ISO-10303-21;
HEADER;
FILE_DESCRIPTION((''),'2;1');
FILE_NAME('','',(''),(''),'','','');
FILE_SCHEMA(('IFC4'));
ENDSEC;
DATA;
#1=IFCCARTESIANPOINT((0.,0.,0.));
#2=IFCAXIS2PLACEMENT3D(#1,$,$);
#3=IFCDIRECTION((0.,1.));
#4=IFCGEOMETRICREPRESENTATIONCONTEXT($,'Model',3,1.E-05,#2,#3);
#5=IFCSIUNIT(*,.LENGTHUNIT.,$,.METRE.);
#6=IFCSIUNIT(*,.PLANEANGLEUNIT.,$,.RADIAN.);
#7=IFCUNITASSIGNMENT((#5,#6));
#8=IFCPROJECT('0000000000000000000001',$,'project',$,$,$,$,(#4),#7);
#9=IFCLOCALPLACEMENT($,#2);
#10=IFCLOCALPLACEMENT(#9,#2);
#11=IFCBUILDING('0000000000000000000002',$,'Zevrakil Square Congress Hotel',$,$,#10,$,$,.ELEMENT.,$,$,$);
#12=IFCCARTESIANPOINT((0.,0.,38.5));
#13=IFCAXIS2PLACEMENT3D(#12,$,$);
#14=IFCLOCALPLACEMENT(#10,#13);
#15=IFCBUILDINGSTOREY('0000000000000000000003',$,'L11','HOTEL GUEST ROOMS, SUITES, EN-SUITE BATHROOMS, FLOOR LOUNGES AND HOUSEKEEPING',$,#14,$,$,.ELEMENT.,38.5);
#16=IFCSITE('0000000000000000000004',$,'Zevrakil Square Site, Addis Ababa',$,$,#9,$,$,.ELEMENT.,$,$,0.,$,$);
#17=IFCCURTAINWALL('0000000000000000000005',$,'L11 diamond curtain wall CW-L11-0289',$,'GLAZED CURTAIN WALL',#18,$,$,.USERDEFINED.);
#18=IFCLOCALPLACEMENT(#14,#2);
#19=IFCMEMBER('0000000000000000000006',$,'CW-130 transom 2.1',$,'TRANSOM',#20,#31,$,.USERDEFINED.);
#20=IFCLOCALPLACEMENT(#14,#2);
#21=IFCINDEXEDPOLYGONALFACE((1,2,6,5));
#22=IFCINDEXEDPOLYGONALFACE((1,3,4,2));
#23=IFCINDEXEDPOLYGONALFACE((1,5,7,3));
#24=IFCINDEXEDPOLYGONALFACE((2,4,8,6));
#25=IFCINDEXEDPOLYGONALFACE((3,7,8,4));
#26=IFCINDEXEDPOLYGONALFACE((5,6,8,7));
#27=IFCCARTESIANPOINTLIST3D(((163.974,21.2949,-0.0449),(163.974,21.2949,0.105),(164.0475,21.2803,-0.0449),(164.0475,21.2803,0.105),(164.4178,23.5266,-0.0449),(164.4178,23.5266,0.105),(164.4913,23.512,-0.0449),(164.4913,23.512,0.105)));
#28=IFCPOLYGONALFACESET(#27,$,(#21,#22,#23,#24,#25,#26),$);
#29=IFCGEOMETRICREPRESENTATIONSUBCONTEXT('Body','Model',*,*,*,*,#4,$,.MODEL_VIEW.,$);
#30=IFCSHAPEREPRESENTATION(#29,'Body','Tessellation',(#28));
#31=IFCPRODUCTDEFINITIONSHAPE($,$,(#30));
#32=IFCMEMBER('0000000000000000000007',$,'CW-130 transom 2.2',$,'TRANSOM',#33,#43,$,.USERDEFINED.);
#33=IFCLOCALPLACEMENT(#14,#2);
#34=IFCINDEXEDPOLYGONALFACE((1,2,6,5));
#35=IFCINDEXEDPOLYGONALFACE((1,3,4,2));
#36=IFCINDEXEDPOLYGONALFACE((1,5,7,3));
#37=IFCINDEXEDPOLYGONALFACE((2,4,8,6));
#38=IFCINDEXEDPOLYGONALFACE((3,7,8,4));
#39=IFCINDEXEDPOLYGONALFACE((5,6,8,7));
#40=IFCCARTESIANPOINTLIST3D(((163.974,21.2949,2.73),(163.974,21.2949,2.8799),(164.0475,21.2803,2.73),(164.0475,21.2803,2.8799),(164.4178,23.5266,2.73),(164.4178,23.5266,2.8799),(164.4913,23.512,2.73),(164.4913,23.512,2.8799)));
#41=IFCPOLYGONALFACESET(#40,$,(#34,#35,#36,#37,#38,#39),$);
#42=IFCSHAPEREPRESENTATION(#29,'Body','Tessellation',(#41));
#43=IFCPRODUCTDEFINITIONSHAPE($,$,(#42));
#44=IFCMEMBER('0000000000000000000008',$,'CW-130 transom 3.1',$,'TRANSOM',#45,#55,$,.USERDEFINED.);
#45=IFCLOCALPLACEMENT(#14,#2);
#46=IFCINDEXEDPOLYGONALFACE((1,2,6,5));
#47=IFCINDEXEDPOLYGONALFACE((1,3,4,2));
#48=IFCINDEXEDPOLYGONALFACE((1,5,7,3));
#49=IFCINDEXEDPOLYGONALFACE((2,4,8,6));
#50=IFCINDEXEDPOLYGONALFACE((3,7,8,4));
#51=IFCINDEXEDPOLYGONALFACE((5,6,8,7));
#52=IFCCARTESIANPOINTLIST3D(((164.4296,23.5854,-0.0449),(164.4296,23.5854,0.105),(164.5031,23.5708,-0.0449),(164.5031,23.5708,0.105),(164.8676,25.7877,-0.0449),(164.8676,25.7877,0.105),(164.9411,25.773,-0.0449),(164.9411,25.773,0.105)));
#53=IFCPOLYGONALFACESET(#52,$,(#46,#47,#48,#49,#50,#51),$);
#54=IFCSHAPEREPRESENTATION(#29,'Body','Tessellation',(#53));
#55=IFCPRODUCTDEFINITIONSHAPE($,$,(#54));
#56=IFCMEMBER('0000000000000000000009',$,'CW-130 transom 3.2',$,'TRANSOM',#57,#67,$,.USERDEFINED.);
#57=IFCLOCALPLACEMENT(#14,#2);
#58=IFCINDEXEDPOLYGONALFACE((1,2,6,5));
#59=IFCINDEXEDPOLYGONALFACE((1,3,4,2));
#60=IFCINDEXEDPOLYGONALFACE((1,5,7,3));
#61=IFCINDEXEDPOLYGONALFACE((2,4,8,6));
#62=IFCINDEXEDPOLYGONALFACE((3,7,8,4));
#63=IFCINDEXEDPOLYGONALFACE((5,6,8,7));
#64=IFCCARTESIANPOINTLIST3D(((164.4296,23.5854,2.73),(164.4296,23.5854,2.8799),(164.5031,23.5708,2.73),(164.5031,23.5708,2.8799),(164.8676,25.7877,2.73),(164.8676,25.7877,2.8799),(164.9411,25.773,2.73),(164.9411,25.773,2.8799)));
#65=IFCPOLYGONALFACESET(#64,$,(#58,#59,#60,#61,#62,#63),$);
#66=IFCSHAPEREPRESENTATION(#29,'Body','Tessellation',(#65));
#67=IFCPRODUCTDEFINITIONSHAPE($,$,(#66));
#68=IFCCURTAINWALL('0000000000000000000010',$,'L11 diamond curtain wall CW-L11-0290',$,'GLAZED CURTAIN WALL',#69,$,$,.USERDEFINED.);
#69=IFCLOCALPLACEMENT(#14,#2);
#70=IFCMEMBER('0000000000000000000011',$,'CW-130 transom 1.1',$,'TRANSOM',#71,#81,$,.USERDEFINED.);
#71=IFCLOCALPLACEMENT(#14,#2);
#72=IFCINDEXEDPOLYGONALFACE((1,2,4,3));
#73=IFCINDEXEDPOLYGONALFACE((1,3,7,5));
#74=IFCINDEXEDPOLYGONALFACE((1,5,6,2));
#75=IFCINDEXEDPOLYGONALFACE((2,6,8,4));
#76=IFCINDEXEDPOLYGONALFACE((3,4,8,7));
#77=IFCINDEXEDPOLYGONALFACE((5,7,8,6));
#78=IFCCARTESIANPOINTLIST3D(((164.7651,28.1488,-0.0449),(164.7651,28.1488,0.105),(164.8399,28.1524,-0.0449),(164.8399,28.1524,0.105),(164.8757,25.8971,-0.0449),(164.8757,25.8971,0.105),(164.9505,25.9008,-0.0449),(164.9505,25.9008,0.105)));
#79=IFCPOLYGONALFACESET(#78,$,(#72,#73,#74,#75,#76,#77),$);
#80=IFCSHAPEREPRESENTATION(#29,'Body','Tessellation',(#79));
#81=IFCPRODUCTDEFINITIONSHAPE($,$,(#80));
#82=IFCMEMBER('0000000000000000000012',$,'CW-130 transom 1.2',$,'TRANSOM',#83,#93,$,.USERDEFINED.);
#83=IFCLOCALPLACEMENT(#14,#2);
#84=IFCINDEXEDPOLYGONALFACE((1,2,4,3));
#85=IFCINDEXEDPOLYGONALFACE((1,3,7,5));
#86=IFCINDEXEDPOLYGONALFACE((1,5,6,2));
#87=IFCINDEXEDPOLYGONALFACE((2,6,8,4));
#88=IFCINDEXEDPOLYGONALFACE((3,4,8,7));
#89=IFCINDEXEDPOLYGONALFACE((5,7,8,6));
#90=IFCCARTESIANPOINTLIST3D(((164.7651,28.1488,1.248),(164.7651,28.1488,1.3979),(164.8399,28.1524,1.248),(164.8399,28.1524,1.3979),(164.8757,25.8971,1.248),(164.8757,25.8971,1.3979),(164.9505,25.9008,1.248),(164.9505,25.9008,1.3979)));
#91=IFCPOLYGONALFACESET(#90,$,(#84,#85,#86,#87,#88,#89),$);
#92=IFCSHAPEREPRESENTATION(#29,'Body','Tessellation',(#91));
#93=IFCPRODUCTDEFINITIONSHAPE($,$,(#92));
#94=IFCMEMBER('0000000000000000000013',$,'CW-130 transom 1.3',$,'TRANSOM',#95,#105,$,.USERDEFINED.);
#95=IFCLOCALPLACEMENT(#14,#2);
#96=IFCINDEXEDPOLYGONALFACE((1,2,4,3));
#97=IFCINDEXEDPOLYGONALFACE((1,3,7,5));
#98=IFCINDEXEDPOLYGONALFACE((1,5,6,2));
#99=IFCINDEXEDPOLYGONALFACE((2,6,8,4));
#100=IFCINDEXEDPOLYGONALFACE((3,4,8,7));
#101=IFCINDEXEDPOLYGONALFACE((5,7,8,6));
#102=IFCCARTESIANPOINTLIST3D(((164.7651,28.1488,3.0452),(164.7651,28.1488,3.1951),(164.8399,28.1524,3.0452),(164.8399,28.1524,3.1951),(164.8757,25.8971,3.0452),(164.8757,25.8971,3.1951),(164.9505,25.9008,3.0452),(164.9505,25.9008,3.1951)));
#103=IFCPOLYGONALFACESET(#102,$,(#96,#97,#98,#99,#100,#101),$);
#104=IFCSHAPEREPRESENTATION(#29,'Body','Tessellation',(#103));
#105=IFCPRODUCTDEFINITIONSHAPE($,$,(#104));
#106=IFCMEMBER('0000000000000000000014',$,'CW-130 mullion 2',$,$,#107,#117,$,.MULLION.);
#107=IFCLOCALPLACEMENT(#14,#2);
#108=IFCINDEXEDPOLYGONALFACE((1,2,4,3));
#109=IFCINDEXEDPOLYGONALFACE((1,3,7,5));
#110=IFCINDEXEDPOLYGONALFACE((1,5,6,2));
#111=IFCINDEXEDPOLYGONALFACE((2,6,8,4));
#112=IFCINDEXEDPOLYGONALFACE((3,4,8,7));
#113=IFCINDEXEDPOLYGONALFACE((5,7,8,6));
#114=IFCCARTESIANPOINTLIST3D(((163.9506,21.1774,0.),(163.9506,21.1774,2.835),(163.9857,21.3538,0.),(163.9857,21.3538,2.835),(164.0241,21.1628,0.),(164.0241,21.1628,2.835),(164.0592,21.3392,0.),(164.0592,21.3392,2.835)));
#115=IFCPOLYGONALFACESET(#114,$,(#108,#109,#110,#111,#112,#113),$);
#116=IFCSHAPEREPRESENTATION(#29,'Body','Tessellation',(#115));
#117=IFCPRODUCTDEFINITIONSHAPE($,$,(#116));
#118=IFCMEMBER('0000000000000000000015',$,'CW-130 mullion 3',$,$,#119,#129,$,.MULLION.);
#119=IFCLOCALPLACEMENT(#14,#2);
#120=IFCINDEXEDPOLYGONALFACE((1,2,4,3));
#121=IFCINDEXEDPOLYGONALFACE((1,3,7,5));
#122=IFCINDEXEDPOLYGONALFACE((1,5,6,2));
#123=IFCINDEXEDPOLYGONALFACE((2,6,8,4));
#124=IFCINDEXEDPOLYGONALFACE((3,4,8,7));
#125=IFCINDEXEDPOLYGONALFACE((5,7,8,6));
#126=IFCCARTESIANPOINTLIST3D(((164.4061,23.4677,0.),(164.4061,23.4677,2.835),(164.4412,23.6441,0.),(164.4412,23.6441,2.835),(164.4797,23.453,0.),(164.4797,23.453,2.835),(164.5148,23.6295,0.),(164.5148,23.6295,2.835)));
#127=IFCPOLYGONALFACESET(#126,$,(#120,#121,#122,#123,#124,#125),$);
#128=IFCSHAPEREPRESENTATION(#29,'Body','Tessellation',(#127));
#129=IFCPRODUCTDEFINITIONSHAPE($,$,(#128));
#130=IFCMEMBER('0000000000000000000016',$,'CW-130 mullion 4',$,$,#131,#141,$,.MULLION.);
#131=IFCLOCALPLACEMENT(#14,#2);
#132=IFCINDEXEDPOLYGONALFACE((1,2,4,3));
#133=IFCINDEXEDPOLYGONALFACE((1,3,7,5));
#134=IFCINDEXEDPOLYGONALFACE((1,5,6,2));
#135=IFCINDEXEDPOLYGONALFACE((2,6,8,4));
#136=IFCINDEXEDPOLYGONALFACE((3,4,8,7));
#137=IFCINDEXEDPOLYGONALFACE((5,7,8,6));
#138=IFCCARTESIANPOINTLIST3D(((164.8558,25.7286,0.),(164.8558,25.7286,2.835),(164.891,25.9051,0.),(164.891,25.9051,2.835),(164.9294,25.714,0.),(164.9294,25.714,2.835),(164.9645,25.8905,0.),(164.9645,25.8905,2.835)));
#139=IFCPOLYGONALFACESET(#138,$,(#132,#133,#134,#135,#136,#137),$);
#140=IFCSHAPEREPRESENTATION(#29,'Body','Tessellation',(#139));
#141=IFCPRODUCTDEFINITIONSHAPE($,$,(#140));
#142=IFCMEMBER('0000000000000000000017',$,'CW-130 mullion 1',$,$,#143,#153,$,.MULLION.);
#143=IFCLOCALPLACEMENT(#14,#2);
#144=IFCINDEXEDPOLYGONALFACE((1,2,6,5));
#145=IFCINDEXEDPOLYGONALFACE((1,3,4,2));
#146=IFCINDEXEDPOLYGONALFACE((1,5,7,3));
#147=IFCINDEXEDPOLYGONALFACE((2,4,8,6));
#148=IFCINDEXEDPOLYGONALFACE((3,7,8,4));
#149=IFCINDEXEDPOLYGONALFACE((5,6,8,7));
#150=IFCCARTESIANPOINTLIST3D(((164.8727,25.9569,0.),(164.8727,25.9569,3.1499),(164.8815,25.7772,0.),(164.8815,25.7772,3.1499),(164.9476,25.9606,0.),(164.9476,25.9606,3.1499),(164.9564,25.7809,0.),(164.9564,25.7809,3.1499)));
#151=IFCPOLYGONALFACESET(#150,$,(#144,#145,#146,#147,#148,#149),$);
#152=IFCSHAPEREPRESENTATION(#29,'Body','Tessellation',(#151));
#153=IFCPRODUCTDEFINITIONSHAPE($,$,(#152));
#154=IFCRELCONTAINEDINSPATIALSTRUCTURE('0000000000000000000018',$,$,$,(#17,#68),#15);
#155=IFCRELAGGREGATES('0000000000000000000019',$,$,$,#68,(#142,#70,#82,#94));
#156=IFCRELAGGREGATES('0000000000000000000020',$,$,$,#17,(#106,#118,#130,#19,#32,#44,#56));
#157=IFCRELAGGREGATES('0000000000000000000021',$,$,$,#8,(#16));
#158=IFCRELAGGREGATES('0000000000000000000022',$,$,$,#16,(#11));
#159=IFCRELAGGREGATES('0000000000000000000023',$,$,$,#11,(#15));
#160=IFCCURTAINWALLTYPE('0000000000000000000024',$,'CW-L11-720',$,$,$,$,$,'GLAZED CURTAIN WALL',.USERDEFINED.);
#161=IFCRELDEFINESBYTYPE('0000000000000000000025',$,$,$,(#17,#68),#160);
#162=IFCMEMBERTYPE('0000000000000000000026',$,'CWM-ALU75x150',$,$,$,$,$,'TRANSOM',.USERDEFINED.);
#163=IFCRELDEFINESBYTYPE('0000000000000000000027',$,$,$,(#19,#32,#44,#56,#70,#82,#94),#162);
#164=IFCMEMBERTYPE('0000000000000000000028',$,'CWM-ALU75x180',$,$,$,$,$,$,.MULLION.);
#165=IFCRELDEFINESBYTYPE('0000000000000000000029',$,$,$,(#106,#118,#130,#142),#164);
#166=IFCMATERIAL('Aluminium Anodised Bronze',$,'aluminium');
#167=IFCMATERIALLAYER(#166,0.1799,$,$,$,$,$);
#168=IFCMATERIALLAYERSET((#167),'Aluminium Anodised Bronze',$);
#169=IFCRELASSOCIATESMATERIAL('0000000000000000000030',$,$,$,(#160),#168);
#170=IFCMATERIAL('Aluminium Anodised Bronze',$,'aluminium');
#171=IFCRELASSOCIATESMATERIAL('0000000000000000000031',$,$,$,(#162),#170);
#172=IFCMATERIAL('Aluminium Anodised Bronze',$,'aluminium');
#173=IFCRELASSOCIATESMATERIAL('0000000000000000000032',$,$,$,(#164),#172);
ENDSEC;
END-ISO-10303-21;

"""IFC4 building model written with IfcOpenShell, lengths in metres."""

from ifc_helpers import new_model, si_unit, direction, frame, origin, origin_2d, place, context, subcontext, project, spatial, rectangle, extrude, material, layer, layer_set, material_profile, profile_set, type_object, element, aggregate, save


model = new_model("IFC4")

# Units and contexts
model_context = context("Model", 3, precision=1e-05, world=origin(), true_north=direction((0.0, 1.0)))
body_context = subcontext(model_context, "Body", "Model", "MODEL_VIEW")
ifc_project = project(units=[si_unit("LENGTHUNIT", "METRE"), si_unit("PLANEANGLEUNIT", "RADIAN")], contexts=[model_context])

# Site, building, storey
site_placement = place(None, origin())
site = spatial("IfcSite", under=ifc_project, at=site_placement, Name="Zevrakil Square Site, Addis Ababa", CompositionType="ELEMENT", RefElevation=0.0)
building_placement = place(site_placement, origin())
building = spatial("IfcBuilding", under=site, at=building_placement, Name="Zevrakil Square Congress Hotel", CompositionType="ELEMENT")
storey_placement = place(building_placement, frame((0.0, 0.0, 38.5)))
storey = spatial("IfcBuildingStorey", under=building, at=storey_placement, Name="L11", Description="HOTEL GUEST ROOMS, SUITES, EN-SUITE BATHROOMS, FLOOR LOUNGES AND HOUSEKEEPING", CompositionType="ELEMENT", Elevation=38.5)

# Curtain walls, members
ifc_material_1 = material(Name="Aluminium Anodised Bronze", Category="aluminium")
ifc_layer_1 = layer(ifc_material_1, 0.1799)
ifc_layer_set_1 = layer_set([ifc_layer_1], Name="Aluminium Anodised Bronze")
curtain_wall_type = type_object("IfcCurtainWallType", Name="CW-L11-720", ElementType="GLAZED CURTAIN WALL", PredefinedType="USERDEFINED", material=ifc_layer_set_1)
curtain_wall_1_placement = place(storey_placement, origin())
curtain_wall_1 = element("IfcCurtainWall", 1, at=curtain_wall_1_placement, inside=storey, type_object=curtain_wall_type, Name="L11 diamond curtain wall CW-L11-0289", ObjectType="GLAZED CURTAIN WALL", PredefinedType="USERDEFINED")
ifc_material_2 = material(Name="Aluminium Anodised Bronze", Category="aluminium")
ifc_material_profile_1 = material_profile(ifc_material_2, rectangle(XDim=0.075, YDim=0.1499, at=origin_2d()), Name="ALU 75x150")
ifc_profile_set_1 = profile_set([ifc_material_profile_1], Name="Aluminium Anodised Bronze")
member_type_1 = type_object("IfcMemberType", Name="CWM-ALU75x150", ElementType="TRANSOM", PredefinedType="USERDEFINED", material=ifc_profile_set_1)
member_1_placement = place(storey_placement, frame((164.0107, 21.2876, 0.03), z_axis=(0.195064, 0.980791, 0.0), x_axis=(-0.980791, 0.195064, 0.0)))
member_1 = element("IfcMember", 2, at=member_1_placement, type_object=member_type_1, Name="CW-130 transom 2.1", ObjectType="TRANSOM", PredefinedType="USERDEFINED", context=body_context, shape_type="SweptSolid", body=[
    extrude(rectangle(XDim=0.075, YDim=0.1499, at=origin_2d()), origin(), (0.0, 0.0, 1.0), 2.2754),
])
member_2_placement = place(storey_placement, frame((164.0107, 21.2876, 2.8049), z_axis=(0.195064, 0.980791, 0.0), x_axis=(-0.980791, 0.195064, 0.0)))
member_2 = element("IfcMember", 3, at=member_2_placement, type_object=member_type_1, Name="CW-130 transom 2.2", ObjectType="TRANSOM", PredefinedType="USERDEFINED", context=body_context, shape_type="SweptSolid", body=[
    extrude(rectangle(XDim=0.075, YDim=0.1499, at=origin_2d()), origin(), (0.0, 0.0, 1.0), 2.2754),
])
member_3_placement = place(storey_placement, frame((164.4663, 23.5781, 0.03), z_axis=(0.19507, 0.980789, 0.0), x_axis=(-0.980789, 0.19507, 0.0)))
member_3 = element("IfcMember", 4, at=member_3_placement, type_object=member_type_1, Name="CW-130 transom 3.1", ObjectType="TRANSOM", PredefinedType="USERDEFINED", context=body_context, shape_type="SweptSolid", body=[
    extrude(rectangle(XDim=0.075, YDim=0.1499, at=origin_2d()), origin(), (0.0, 0.0, 1.0), 2.2454),
])
member_4_placement = place(storey_placement, frame((164.4663, 23.5781, 2.8049), z_axis=(0.19507, 0.980789, 0.0), x_axis=(-0.980789, 0.19507, 0.0)))
member_4 = element("IfcMember", 5, at=member_4_placement, type_object=member_type_1, Name="CW-130 transom 3.2", ObjectType="TRANSOM", PredefinedType="USERDEFINED", context=body_context, shape_type="SweptSolid", body=[
    extrude(rectangle(XDim=0.075, YDim=0.1499, at=origin_2d()), origin(), (0.0, 0.0, 1.0), 2.2454),
])
curtain_wall_2_placement = place(storey_placement, origin())
curtain_wall_2 = element("IfcCurtainWall", 6, at=curtain_wall_2_placement, inside=storey, type_object=curtain_wall_type, Name="L11 diamond curtain wall CW-L11-0290", ObjectType="GLAZED CURTAIN WALL", PredefinedType="USERDEFINED")
member_5_placement = place(storey_placement, frame((164.9131, 25.8989, 0.03), z_axis=(-0.049057, 0.998796, 0.0), x_axis=(-0.998796, -0.049057, 0.0)))
member_5 = element("IfcMember", 7, at=member_5_placement, type_object=member_type_1, Name="CW-130 transom 1.1", ObjectType="TRANSOM", PredefinedType="USERDEFINED", context=body_context, shape_type="SweptSolid", body=[
    extrude(rectangle(XDim=0.075, YDim=0.1499, at=origin_2d()), origin(), (0.0, 0.0, 1.0), 2.2544),
])
member_6_placement = place(storey_placement, frame((164.9131, 25.8989, 1.323), z_axis=(-0.049057, 0.998796, 0.0), x_axis=(-0.998796, -0.049057, 0.0)))
member_6 = element("IfcMember", 8, at=member_6_placement, type_object=member_type_1, Name="CW-130 transom 1.2", ObjectType="TRANSOM", PredefinedType="USERDEFINED", context=body_context, shape_type="SweptSolid", body=[
    extrude(rectangle(XDim=0.075, YDim=0.1499, at=origin_2d()), origin(), (0.0, 0.0, 1.0), 2.2544),
])
member_7_placement = place(storey_placement, frame((164.9131, 25.8989, 3.1201), z_axis=(-0.049057, 0.998796, 0.0), x_axis=(-0.998796, -0.049057, 0.0)))
member_7 = element("IfcMember", 9, at=member_7_placement, type_object=member_type_1, Name="CW-130 transom 1.3", ObjectType="TRANSOM", PredefinedType="USERDEFINED", context=body_context, shape_type="SweptSolid", body=[
    extrude(rectangle(XDim=0.075, YDim=0.1499, at=origin_2d()), origin(), (0.0, 0.0, 1.0), 2.2544),
])

# Members
ifc_material_3 = material(Name="Aluminium Anodised Bronze", Category="aluminium")
ifc_material_profile_2 = material_profile(ifc_material_3, rectangle(XDim=0.075, YDim=0.1799, at=origin_2d()), Name="ALU 75x180")
ifc_profile_set_2 = profile_set([ifc_material_profile_2], Name="Aluminium Anodised Bronze")
member_type_2 = type_object("IfcMemberType", Name="CWM-ALU75x180", PredefinedType="MULLION", material=ifc_profile_set_2)
member_8_placement = place(storey_placement, frame((164.0049, 21.2583, 0.0), z_axis=(0.0, 0.0, 1.0), x_axis=(-0.980787, 0.195084, 0.0)))
member_8 = element("IfcMember", 10, at=member_8_placement, type_object=member_type_2, Name="CW-130 mullion 2", PredefinedType="MULLION", context=body_context, shape_type="SweptSolid", body=[
    extrude(rectangle(XDim=0.075, YDim=0.1799, at=origin_2d()), origin(), (0.0, 0.0, 1.0), 2.835),
])
member_9_placement = place(storey_placement, frame((164.4604, 23.5486, 0.0), z_axis=(0.0, 0.0, 1.0), x_axis=(-0.980787, 0.195084, 0.0)))
member_9 = element("IfcMember", 11, at=member_9_placement, type_object=member_type_2, Name="CW-130 mullion 3", PredefinedType="MULLION", context=body_context, shape_type="SweptSolid", body=[
    extrude(rectangle(XDim=0.075, YDim=0.1799, at=origin_2d()), origin(), (0.0, 0.0, 1.0), 2.835),
])
member_10_placement = place(storey_placement, frame((164.9102, 25.8096, 0.0), z_axis=(0.0, 0.0, 1.0), x_axis=(-0.980787, 0.195084, 0.0)))
member_10 = element("IfcMember", 12, at=member_10_placement, type_object=member_type_2, Name="CW-130 mullion 4", PredefinedType="MULLION", context=body_context, shape_type="SweptSolid", body=[
    extrude(rectangle(XDim=0.075, YDim=0.1799, at=origin_2d()), origin(), (0.0, 0.0, 1.0), 2.835),
])
member_11_placement = place(storey_placement, frame((164.9146, 25.8689, 0.0), z_axis=(0.0, 0.0, 1.0), x_axis=(-0.998796, -0.049053, 0.0)))
member_11 = element("IfcMember", 13, at=member_11_placement, type_object=member_type_2, Name="CW-130 mullion 1", PredefinedType="MULLION", context=body_context, shape_type="SweptSolid", body=[
    extrude(rectangle(XDim=0.075, YDim=0.1799, at=origin_2d()), origin(), (0.0, 0.0, 1.0), 3.1499),
])
aggregate(curtain_wall_2, [member_11, member_5, member_6, member_7])

aggregate(curtain_wall_1, [member_8, member_9, member_10, member_1, member_2, member_3, member_4])

save(model, "model.ifc")
